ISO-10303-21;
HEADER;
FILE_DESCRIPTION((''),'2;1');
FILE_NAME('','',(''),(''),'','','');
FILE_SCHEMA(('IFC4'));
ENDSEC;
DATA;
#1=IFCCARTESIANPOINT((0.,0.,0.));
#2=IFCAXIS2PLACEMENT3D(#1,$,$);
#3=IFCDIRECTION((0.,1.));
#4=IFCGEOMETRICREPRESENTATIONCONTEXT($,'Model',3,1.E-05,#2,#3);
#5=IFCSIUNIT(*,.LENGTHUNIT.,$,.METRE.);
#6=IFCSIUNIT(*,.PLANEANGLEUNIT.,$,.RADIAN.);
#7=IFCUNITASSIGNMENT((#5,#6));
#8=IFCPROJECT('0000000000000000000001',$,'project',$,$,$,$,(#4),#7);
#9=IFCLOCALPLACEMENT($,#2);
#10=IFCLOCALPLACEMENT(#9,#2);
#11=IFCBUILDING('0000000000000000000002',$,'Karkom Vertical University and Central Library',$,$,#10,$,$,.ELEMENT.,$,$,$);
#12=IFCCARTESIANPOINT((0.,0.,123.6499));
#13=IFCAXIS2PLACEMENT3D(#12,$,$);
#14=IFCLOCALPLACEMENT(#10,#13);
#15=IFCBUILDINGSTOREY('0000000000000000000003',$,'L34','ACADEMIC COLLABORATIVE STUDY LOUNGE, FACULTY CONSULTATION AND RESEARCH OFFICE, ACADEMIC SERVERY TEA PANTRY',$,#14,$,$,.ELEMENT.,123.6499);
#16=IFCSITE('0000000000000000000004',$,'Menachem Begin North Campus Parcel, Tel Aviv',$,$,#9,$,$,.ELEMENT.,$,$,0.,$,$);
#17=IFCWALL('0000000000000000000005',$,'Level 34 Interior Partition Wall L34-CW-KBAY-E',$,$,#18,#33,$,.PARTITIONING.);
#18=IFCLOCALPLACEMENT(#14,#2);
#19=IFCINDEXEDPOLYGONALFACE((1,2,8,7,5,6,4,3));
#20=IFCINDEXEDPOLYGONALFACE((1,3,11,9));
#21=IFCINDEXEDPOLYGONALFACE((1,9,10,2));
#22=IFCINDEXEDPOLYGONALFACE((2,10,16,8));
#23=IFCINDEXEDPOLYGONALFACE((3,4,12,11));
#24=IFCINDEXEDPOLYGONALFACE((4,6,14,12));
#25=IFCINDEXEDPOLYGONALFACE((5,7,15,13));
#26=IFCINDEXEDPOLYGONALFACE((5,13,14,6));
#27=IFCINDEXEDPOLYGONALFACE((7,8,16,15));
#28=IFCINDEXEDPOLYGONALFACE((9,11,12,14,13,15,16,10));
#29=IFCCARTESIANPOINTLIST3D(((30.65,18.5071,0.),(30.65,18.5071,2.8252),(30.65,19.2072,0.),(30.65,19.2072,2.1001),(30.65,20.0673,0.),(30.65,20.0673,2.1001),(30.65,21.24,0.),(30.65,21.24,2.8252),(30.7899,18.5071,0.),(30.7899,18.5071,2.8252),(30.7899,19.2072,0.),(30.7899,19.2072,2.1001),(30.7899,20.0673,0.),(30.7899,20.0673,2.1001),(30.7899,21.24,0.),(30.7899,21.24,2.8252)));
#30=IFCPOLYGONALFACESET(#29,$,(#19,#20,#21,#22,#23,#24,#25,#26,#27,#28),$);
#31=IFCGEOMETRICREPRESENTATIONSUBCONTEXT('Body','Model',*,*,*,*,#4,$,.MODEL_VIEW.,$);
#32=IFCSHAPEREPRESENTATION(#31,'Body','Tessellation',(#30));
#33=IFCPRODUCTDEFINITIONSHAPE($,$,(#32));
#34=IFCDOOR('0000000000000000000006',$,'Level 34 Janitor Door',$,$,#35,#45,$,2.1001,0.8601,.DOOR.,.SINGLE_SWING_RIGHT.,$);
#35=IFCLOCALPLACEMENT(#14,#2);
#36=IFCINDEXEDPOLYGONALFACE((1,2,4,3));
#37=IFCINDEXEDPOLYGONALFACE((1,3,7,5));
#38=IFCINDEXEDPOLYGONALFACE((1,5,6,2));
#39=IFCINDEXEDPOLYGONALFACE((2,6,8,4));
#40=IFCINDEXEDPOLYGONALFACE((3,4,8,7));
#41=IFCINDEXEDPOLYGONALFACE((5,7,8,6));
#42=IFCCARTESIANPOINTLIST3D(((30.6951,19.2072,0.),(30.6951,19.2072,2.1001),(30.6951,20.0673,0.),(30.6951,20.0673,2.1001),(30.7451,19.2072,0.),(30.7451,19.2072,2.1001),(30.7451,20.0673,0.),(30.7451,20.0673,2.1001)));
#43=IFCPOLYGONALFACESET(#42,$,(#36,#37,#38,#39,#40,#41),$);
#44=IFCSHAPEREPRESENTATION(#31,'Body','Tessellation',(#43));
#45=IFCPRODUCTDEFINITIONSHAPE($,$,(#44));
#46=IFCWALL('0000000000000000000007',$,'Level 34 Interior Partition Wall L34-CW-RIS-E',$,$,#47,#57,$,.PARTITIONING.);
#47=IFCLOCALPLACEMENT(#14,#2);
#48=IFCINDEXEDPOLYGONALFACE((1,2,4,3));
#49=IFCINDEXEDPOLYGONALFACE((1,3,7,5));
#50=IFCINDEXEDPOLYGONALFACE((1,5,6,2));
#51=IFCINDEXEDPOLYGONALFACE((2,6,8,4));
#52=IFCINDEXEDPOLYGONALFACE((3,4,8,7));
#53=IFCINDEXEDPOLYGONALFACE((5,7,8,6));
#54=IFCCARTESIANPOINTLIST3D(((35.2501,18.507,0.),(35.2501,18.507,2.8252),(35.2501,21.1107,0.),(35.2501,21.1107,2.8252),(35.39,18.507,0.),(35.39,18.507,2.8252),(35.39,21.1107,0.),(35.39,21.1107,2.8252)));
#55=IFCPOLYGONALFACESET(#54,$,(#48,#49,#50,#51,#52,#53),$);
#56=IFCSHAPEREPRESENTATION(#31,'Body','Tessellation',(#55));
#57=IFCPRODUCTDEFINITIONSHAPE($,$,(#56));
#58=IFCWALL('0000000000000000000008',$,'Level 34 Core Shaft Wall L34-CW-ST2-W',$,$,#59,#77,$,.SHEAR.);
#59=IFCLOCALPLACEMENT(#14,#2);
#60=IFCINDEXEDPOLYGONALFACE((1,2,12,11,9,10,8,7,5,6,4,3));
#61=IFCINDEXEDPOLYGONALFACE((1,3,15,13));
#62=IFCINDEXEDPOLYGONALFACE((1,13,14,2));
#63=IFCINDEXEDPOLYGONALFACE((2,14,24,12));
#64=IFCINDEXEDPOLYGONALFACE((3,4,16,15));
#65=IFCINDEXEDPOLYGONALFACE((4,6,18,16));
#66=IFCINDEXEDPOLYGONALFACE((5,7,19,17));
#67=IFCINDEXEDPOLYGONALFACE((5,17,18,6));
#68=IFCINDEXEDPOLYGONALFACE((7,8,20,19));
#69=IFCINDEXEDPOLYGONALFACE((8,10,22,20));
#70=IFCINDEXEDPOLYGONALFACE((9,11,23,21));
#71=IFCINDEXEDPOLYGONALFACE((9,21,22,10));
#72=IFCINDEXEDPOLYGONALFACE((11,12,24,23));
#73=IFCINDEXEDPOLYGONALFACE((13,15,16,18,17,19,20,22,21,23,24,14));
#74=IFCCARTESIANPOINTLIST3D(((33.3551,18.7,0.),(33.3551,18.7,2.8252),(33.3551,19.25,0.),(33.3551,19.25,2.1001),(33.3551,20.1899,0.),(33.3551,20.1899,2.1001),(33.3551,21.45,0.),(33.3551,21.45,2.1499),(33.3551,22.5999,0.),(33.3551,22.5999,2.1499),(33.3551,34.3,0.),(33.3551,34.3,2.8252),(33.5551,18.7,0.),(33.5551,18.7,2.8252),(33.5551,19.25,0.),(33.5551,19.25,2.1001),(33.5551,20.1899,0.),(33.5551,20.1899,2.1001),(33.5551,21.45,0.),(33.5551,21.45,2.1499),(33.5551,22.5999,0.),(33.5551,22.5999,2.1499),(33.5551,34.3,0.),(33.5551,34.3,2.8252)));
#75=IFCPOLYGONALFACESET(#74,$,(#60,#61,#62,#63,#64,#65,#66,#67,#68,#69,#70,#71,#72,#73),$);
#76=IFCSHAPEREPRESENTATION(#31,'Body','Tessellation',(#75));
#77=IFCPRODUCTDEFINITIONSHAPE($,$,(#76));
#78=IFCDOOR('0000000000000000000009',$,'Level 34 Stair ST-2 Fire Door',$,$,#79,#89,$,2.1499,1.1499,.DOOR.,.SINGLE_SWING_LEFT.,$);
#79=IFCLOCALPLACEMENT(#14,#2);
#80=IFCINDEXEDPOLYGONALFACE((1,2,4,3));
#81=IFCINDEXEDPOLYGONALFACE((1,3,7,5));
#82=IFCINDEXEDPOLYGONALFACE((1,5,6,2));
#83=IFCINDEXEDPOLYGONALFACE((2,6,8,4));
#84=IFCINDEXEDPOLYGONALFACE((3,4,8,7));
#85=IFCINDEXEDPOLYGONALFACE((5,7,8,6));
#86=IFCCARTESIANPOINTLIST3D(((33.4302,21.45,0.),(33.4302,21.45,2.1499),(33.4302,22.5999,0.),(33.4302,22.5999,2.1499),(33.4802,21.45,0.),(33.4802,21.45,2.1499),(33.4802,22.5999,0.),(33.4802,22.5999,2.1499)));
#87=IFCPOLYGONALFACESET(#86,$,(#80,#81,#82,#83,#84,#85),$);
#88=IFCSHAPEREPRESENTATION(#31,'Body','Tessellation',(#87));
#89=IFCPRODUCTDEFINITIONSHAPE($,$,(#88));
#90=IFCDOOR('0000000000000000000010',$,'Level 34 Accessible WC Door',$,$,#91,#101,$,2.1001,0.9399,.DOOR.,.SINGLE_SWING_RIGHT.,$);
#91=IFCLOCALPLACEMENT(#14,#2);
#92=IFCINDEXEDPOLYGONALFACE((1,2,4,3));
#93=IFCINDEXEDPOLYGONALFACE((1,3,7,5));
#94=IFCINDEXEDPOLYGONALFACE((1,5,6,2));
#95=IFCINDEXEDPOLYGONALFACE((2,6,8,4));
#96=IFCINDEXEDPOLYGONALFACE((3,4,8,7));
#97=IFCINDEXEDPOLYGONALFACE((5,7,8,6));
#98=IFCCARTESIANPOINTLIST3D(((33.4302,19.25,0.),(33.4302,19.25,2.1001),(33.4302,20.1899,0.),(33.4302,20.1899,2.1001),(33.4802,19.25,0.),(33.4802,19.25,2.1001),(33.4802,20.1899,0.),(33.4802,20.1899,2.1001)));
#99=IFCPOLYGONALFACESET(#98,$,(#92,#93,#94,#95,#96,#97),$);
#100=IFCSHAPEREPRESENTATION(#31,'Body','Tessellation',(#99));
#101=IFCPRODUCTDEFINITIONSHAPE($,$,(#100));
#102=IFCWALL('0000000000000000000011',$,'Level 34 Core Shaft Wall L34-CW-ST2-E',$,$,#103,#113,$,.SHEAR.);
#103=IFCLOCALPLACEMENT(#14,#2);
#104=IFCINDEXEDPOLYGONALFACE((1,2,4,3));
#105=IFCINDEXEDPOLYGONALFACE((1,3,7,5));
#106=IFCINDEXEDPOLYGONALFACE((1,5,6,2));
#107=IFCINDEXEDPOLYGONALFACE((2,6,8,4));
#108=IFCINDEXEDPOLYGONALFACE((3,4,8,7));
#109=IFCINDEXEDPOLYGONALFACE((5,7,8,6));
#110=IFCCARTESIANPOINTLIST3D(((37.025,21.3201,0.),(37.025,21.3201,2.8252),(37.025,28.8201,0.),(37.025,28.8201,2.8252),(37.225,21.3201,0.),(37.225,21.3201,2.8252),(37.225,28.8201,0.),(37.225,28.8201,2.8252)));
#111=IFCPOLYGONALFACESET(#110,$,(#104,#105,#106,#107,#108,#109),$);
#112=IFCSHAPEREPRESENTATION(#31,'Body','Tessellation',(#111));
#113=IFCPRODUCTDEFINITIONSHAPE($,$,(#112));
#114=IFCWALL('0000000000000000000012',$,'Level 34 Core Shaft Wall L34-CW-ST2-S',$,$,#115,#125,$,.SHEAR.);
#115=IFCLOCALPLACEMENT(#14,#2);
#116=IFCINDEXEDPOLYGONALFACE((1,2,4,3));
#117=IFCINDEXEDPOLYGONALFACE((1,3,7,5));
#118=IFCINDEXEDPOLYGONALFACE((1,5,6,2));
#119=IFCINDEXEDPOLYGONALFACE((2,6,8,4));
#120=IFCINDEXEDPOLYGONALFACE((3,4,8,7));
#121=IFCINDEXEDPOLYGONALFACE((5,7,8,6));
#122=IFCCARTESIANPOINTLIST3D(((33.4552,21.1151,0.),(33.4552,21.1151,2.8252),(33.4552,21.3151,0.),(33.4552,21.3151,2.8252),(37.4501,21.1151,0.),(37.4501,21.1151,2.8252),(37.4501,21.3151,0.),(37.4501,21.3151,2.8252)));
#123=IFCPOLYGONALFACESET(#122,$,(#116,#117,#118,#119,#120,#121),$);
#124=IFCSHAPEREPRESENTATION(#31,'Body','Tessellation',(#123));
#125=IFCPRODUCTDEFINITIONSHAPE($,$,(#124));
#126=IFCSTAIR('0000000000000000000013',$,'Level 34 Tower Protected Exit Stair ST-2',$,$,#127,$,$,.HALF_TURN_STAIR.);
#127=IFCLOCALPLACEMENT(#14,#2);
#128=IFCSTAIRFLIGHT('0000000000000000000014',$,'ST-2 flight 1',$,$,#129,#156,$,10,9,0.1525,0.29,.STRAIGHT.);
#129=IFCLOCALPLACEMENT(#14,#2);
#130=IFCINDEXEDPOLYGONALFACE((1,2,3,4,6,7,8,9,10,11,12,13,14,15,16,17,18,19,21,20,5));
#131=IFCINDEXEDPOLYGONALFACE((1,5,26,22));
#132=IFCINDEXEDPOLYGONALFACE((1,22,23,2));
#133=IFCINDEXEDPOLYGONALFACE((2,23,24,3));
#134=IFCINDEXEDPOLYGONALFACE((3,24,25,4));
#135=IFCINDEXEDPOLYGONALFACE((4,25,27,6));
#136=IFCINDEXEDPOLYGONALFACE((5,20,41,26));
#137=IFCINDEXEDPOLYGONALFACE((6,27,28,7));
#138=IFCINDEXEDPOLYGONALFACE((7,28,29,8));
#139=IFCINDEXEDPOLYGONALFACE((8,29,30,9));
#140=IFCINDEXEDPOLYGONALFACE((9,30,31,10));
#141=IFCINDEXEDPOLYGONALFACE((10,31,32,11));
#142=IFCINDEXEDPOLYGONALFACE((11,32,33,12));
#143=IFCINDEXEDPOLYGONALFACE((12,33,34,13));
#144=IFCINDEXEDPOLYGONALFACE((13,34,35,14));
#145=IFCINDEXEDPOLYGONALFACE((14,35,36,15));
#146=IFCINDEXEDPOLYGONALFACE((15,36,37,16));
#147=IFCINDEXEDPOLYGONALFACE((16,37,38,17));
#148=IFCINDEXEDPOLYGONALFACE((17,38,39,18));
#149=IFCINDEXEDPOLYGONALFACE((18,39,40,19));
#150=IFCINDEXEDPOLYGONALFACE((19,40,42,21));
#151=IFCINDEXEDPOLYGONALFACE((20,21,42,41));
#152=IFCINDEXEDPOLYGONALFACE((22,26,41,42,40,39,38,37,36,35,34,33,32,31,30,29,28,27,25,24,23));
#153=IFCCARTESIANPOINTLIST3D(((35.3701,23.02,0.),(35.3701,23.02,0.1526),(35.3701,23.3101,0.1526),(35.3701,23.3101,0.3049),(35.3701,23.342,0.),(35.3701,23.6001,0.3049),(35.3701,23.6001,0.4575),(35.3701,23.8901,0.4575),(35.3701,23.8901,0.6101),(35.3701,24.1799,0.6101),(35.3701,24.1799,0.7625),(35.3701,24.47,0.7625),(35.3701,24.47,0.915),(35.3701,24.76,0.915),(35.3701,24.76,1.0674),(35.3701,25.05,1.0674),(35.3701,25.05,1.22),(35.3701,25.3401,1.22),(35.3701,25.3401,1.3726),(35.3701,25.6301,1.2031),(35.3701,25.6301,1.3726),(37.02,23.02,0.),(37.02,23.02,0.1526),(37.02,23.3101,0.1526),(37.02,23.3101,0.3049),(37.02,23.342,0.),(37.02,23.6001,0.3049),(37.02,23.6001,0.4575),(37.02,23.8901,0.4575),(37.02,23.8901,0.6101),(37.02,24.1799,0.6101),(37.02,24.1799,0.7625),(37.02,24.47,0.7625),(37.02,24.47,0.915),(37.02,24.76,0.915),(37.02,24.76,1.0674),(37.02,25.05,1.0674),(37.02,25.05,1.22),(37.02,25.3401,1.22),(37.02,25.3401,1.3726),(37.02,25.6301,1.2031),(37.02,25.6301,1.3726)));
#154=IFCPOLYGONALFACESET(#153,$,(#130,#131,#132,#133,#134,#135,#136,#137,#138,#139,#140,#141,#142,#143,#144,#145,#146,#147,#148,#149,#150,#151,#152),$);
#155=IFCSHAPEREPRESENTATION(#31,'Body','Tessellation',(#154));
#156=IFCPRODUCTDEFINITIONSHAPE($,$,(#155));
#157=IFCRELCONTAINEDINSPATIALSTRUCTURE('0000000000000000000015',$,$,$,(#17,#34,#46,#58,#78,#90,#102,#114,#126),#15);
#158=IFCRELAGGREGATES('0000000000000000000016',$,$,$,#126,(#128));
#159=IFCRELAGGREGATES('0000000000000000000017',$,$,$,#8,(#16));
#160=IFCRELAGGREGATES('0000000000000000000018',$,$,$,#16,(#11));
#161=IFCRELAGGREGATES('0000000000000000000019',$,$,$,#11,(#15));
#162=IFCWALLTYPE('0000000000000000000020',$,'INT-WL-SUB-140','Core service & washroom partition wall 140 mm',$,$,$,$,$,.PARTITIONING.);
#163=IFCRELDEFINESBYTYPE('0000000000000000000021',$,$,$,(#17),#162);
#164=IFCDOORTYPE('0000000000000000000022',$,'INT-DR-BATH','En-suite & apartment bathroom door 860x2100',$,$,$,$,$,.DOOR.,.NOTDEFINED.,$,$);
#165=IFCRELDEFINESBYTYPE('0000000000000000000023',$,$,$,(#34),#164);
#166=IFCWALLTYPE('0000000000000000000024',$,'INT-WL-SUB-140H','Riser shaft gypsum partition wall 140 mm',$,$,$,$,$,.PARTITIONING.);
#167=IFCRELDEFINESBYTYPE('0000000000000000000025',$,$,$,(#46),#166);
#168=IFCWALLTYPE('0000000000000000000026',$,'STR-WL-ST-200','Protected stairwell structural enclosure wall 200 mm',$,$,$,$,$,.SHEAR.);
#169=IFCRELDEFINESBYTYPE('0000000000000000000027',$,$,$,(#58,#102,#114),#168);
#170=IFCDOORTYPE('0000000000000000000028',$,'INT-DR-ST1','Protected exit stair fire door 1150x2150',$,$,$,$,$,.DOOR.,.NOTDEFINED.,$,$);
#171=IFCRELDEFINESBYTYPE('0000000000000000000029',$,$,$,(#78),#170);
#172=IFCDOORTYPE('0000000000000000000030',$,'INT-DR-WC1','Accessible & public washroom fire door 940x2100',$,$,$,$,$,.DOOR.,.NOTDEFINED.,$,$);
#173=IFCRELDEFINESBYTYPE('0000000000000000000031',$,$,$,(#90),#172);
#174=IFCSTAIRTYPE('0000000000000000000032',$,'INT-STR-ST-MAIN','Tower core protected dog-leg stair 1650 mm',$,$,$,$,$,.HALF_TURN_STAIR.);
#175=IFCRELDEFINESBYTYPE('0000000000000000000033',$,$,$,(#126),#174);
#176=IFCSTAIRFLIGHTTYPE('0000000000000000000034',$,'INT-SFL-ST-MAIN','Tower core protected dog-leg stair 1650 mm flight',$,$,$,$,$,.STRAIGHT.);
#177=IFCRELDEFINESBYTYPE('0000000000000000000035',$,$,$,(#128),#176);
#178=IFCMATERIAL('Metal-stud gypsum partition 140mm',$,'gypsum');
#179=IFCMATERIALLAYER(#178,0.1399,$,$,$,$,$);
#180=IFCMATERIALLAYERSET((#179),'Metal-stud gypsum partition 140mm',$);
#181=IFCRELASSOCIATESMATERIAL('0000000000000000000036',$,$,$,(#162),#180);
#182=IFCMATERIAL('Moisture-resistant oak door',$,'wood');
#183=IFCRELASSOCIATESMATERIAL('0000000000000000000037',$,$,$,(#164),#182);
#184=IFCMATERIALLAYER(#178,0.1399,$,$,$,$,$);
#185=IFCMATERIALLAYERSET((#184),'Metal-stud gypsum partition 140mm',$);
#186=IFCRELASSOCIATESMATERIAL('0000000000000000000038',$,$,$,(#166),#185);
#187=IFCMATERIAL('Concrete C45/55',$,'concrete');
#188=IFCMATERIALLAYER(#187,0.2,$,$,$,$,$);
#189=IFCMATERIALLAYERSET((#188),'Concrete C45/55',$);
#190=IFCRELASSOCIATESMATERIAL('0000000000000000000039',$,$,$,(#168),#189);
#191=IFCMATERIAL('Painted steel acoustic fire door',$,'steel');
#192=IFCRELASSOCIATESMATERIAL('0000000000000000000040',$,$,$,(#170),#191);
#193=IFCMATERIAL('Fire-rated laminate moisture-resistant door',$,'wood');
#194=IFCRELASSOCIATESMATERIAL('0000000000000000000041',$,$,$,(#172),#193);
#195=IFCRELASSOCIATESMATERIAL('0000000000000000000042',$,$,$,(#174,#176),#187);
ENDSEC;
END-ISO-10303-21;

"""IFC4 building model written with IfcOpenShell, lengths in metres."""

from ifc_helpers import new_model, si_unit, direction, frame, frame_2d, origin, origin_with_axes, place, context, subcontext, project, spatial, polyline, rectangle, outline, extrude, source, transform, mapped, material, layer, layer_set, type_object, element, fill, aggregate, save


model = new_model("IFC4")

# Units and contexts
model_context = context("Model", 3, precision=1e-05, world=origin(), true_north=direction((0.0, 1.0)))
body_context = subcontext(model_context, "Body", "Model", "MODEL_VIEW")
ifc_project = project(units=[si_unit("LENGTHUNIT", "METRE"), si_unit("PLANEANGLEUNIT", "RADIAN")], contexts=[model_context])

# Site, building, storey
site_placement = place(None, origin())
site = spatial("IfcSite", under=ifc_project, at=site_placement, Name="Menachem Begin North Campus Parcel, Tel Aviv", CompositionType="ELEMENT", RefElevation=0.0)
building_placement = place(site_placement, origin())
building = spatial("IfcBuilding", under=site, at=building_placement, Name="Karkom Vertical University and Central Library", CompositionType="ELEMENT")
storey_placement = place(building_placement, frame((0.0, 0.0, 123.6499)))
storey = spatial("IfcBuildingStorey", under=building, at=storey_placement, Name="L34", Description="ACADEMIC COLLABORATIVE STUDY LOUNGE, FACULTY CONSULTATION AND RESEARCH OFFICE, ACADEMIC SERVERY TEA PANTRY", CompositionType="ELEMENT", Elevation=123.6499)

# Shared definitions
ifc_material_1 = material(Name="Metal-stud gypsum partition 140mm", Category="gypsum")
ifc_layer_1 = layer(ifc_material_1, 0.1399)
ifc_layer_set_1 = layer_set([ifc_layer_1], Name="Metal-stud gypsum partition 140mm")
wall_type_1 = type_object("IfcWallType", Name="INT-WL-SUB-140", Description="Core service & washroom partition wall 140 mm", PredefinedType="PARTITIONING", material=ifc_layer_set_1)

# Wall, opening, door
wall_1_placement = place(storey_placement, frame((30.72, 18.5071, 0.0), z_axis=(0.0, 0.0, 1.0), x_axis=(0.0, 1.0, 0.0)))
wall_1 = element("IfcWall", 1, at=wall_1_placement, inside=storey, type_object=wall_type_1, Name="Level 34 Interior Partition Wall L34-CW-KBAY-E", PredefinedType="PARTITIONING", context=body_context, shape_type="SweptSolid", body=[
    extrude(rectangle(XDim=2.7329, YDim=0.1399, at=frame_2d((1.3665, 0.0))), origin(), (0.0, 0.0, 1.0), 2.8252),
])
opening_1_placement = place(wall_1_placement, frame((0.7, 0.0, 0.0)))
opening_1 = element("IfcOpeningElement", 2, at=opening_1_placement, cuts=wall_1, PredefinedType="OPENING", context=body_context, shape_type="SweptSolid", body=[
    extrude(rectangle(XDim=0.8601, YDim=2.1001, at=frame_2d((0.4302, 1.05))), frame((0.0, 0.0801, 0.0), z_axis=(0.0, -1.0, 0.0), x_axis=(1.0, 0.0, 0.0)), (0.0, 0.0, 1.0), 0.1599),
])
ifc_material_2 = material(Name="Moisture-resistant oak door", Category="wood")
door_type_1 = type_object("IfcDoorType", Name="INT-DR-BATH", Description="En-suite & apartment bathroom door 860x2100", OperationType="NOTDEFINED", PredefinedType="DOOR", material=ifc_material_2)
shared_shape_1 = source(origin_with_axes(), body_context, "Body", "SweptSolid", [
    extrude(rectangle(XDim=0.8601, YDim=2.1001, at=frame_2d((0.4302, 1.05))), frame((0.0, 0.0249, 0.0), z_axis=(0.0, -1.0, 0.0), x_axis=(1.0, 0.0, 0.0)), (0.0, 0.0, 1.0), 0.05),
])
door_1_placement = place(opening_1_placement, origin())
door_1 = element("IfcDoor", 3, at=door_1_placement, inside=storey, type_object=door_type_1, Name="Level 34 Janitor Door", OperationType="SINGLE_SWING_RIGHT", OverallHeight=2.1001, OverallWidth=0.8601, PredefinedType="DOOR", context=body_context, shape_type="MappedRepresentation", body=[
    mapped(shared_shape_1, transform((0.0, 0.0, 0.0), scale=1.0)),
])
fill(opening_1, door_1)

# Wall
ifc_layer_2 = layer(ifc_material_1, 0.1399)
ifc_layer_set_2 = layer_set([ifc_layer_2], Name="Metal-stud gypsum partition 140mm")
wall_type_2 = type_object("IfcWallType", Name="INT-WL-SUB-140H", Description="Riser shaft gypsum partition wall 140 mm", PredefinedType="PARTITIONING", material=ifc_layer_set_2)
wall_2_placement = place(storey_placement, frame((35.3201, 18.5071, 0.0), z_axis=(0.0, 0.0, 1.0), x_axis=(0.0, 1.0, 0.0)))
element("IfcWall", 4, at=wall_2_placement, inside=storey, type_object=wall_type_2, Name="Level 34 Interior Partition Wall L34-CW-RIS-E", PredefinedType="PARTITIONING", context=body_context, shape_type="SweptSolid", body=[
    extrude(rectangle(XDim=2.6038, YDim=0.1399, at=frame_2d((1.3018, 0.0))), origin(), (0.0, 0.0, 1.0), 2.8252),
])

# Wall, openings, doors
ifc_material_3 = material(Name="Concrete C45/55", Category="concrete")
ifc_layer_3 = layer(ifc_material_3, 0.2)
ifc_layer_set_3 = layer_set([ifc_layer_3], Name="Concrete C45/55")
wall_type_3 = type_object("IfcWallType", Name="STR-WL-ST-200", Description="Protected stairwell structural enclosure wall 200 mm", PredefinedType="SHEAR", material=ifc_layer_set_3)
wall_3_placement = place(storey_placement, frame((33.4551, 18.7, 0.0), z_axis=(0.0, 0.0, 1.0), x_axis=(0.0, 1.0, 0.0)))
wall_3 = element("IfcWall", 5, at=wall_3_placement, inside=storey, type_object=wall_type_3, Name="Level 34 Core Shaft Wall L34-CW-ST2-W", PredefinedType="SHEAR", context=body_context, shape_type="SweptSolid", body=[
    extrude(rectangle(XDim=15.6001, YDim=0.2, at=frame_2d((7.8, 0.0))), origin(), (0.0, 0.0, 1.0), 2.8252),
])
opening_2_placement = place(wall_3_placement, frame((2.75, 0.0, 0.0)))
opening_2 = element("IfcOpeningElement", 6, at=opening_2_placement, cuts=wall_3, PredefinedType="OPENING", context=body_context, shape_type="SweptSolid", body=[
    extrude(rectangle(XDim=1.1499, YDim=2.1499, at=frame_2d((0.575, 1.075))), frame((0.0, 0.1099, 0.0), z_axis=(0.0, -1.0, 0.0), x_axis=(1.0, 0.0, 0.0)), (0.0, 0.0, 1.0), 0.22),
])
opening_3_placement = place(wall_3_placement, frame((0.55, 0.0, 0.0)))
opening_3 = element("IfcOpeningElement", 7, at=opening_3_placement, cuts=wall_3, PredefinedType="OPENING", context=body_context, shape_type="SweptSolid", body=[
    extrude(rectangle(XDim=0.9399, YDim=2.1001, at=frame_2d((0.47, 1.05))), frame((0.0, 0.1099, 0.0), z_axis=(0.0, -1.0, 0.0), x_axis=(1.0, 0.0, 0.0)), (0.0, 0.0, 1.0), 0.22),
])
ifc_material_4 = material(Name="Painted steel acoustic fire door", Category="steel")
door_type_2 = type_object("IfcDoorType", Name="INT-DR-ST1", Description="Protected exit stair fire door 1150x2150", OperationType="NOTDEFINED", PredefinedType="DOOR", material=ifc_material_4)
shared_shape_2 = source(origin_with_axes(), body_context, "Body", "SweptSolid", [
    extrude(rectangle(XDim=1.1499, YDim=2.1499, at=frame_2d((0.575, 1.075))), frame((0.0, 0.0249, 0.0), z_axis=(0.0, -1.0, 0.0), x_axis=(1.0, 0.0, 0.0)), (0.0, 0.0, 1.0), 0.05),
])
door_2_placement = place(opening_2_placement, origin())
door_2 = element("IfcDoor", 8, at=door_2_placement, inside=storey, type_object=door_type_2, Name="Level 34 Stair ST-2 Fire Door", OperationType="SINGLE_SWING_LEFT", OverallHeight=2.1499, OverallWidth=1.1499, PredefinedType="DOOR", context=body_context, shape_type="MappedRepresentation", body=[
    mapped(shared_shape_2, transform((0.0, 0.0, 0.0), scale=1.0)),
])
fill(opening_2, door_2)
ifc_material_5 = material(Name="Fire-rated laminate moisture-resistant door", Category="wood")
door_type_3 = type_object("IfcDoorType", Name="INT-DR-WC1", Description="Accessible & public washroom fire door 940x2100", OperationType="NOTDEFINED", PredefinedType="DOOR", material=ifc_material_5)
shared_shape_3 = source(origin_with_axes(), body_context, "Body", "SweptSolid", [
    extrude(rectangle(XDim=0.9399, YDim=2.1001, at=frame_2d((0.47, 1.05))), frame((0.0, 0.0249, 0.0), z_axis=(0.0, -1.0, 0.0), x_axis=(1.0, 0.0, 0.0)), (0.0, 0.0, 1.0), 0.05),
])
door_3_placement = place(opening_3_placement, origin())
door_3 = element("IfcDoor", 9, at=door_3_placement, inside=storey, type_object=door_type_3, Name="Level 34 Accessible WC Door", OperationType="SINGLE_SWING_RIGHT", OverallHeight=2.1001, OverallWidth=0.9399, PredefinedType="DOOR", context=body_context, shape_type="MappedRepresentation", body=[
    mapped(shared_shape_3, transform((0.0, 0.0, 0.0), scale=1.0)),
])
fill(opening_3, door_3)

# Walls
wall_4_placement = place(storey_placement, frame((37.125, 21.3201, 0.0), z_axis=(0.0, 0.0, 1.0), x_axis=(0.0, 1.0, 0.0)))
element("IfcWall", 10, at=wall_4_placement, inside=storey, type_object=wall_type_3, Name="Level 34 Core Shaft Wall L34-CW-ST2-E", PredefinedType="SHEAR", context=body_context, shape_type="SweptSolid", body=[
    extrude(rectangle(XDim=7.5, YDim=0.2, at=frame_2d((3.75, 0.0))), origin(), (0.0, 0.0, 1.0), 2.8252),
])
wall_5_placement = place(storey_placement, frame((33.4551, 21.2151, 0.0), z_axis=(0.0, 0.0, 1.0), x_axis=(1.0, 0.0, 0.0)))
element("IfcWall", 11, at=wall_5_placement, inside=storey, type_object=wall_type_3, Name="Level 34 Core Shaft Wall L34-CW-ST2-S", PredefinedType="SHEAR", context=body_context, shape_type="SweptSolid", body=[
    extrude(rectangle(XDim=3.9949, YDim=0.2, at=frame_2d((1.9976, 0.0))), origin(), (0.0, 0.0, 1.0), 2.8252),
])

# Stair, stair flight
stair_type = type_object("IfcStairType", Name="INT-STR-ST-MAIN", Description="Tower core protected dog-leg stair 1650 mm", PredefinedType="HALF_TURN_STAIR", material=ifc_material_3)
stair_placement = place(storey_placement, origin())
stair = element("IfcStair", 12, at=stair_placement, inside=storey, type_object=stair_type, Name="Level 34 Tower Protected Exit Stair ST-2", PredefinedType="HALF_TURN_STAIR")
stair_flight_type = type_object("IfcStairFlightType", Name="INT-SFL-ST-MAIN", Description="Tower core protected dog-leg stair 1650 mm flight", PredefinedType="STRAIGHT", material=ifc_material_3)
stair_flight_placement = place(storey_placement, frame((36.1951, 23.02, 0.0), z_axis=(0.0, 0.0, 1.0), x_axis=(0.0, 1.0, 0.0)))
stair_flight = element("IfcStairFlight", 13, at=stair_flight_placement, type_object=stair_flight_type, Name="ST-2 flight 1", NumberOfRisers=10, NumberOfTreads=9, PredefinedType="STRAIGHT", RiserHeight=0.1525, TreadLength=0.29, context=body_context, shape_type="SweptSolid", body=[
    extrude(outline(polyline([(0.0, 0.0), (0.0, 0.1526), (0.29, 0.1526), (0.29, 0.3049), (0.5801, 0.3049), (0.5801, 0.4575), (0.8701, 0.4575), (0.8701, 0.6101), (1.1599, 0.6101), (1.1599, 0.7625), (1.45, 0.7625), (1.45, 0.915), (1.74, 0.915), (1.74, 1.0674), (2.03, 1.0674), (2.03, 1.22), (2.3201, 1.22), (2.3201, 1.3726), (2.6101, 1.3726), (2.6101, 1.5249), (2.6101, 1.2031), (0.322, 0.0), (0.0, 0.0)])), frame((0.0, 0.825, 0.0), z_axis=(0.0, -1.0, 0.0), x_axis=(1.0, 0.0, 0.0)), (0.0, 0.0, 1.0), 1.6499),
])
aggregate(stair, [stair_flight])

save(model, "model.ifc")
